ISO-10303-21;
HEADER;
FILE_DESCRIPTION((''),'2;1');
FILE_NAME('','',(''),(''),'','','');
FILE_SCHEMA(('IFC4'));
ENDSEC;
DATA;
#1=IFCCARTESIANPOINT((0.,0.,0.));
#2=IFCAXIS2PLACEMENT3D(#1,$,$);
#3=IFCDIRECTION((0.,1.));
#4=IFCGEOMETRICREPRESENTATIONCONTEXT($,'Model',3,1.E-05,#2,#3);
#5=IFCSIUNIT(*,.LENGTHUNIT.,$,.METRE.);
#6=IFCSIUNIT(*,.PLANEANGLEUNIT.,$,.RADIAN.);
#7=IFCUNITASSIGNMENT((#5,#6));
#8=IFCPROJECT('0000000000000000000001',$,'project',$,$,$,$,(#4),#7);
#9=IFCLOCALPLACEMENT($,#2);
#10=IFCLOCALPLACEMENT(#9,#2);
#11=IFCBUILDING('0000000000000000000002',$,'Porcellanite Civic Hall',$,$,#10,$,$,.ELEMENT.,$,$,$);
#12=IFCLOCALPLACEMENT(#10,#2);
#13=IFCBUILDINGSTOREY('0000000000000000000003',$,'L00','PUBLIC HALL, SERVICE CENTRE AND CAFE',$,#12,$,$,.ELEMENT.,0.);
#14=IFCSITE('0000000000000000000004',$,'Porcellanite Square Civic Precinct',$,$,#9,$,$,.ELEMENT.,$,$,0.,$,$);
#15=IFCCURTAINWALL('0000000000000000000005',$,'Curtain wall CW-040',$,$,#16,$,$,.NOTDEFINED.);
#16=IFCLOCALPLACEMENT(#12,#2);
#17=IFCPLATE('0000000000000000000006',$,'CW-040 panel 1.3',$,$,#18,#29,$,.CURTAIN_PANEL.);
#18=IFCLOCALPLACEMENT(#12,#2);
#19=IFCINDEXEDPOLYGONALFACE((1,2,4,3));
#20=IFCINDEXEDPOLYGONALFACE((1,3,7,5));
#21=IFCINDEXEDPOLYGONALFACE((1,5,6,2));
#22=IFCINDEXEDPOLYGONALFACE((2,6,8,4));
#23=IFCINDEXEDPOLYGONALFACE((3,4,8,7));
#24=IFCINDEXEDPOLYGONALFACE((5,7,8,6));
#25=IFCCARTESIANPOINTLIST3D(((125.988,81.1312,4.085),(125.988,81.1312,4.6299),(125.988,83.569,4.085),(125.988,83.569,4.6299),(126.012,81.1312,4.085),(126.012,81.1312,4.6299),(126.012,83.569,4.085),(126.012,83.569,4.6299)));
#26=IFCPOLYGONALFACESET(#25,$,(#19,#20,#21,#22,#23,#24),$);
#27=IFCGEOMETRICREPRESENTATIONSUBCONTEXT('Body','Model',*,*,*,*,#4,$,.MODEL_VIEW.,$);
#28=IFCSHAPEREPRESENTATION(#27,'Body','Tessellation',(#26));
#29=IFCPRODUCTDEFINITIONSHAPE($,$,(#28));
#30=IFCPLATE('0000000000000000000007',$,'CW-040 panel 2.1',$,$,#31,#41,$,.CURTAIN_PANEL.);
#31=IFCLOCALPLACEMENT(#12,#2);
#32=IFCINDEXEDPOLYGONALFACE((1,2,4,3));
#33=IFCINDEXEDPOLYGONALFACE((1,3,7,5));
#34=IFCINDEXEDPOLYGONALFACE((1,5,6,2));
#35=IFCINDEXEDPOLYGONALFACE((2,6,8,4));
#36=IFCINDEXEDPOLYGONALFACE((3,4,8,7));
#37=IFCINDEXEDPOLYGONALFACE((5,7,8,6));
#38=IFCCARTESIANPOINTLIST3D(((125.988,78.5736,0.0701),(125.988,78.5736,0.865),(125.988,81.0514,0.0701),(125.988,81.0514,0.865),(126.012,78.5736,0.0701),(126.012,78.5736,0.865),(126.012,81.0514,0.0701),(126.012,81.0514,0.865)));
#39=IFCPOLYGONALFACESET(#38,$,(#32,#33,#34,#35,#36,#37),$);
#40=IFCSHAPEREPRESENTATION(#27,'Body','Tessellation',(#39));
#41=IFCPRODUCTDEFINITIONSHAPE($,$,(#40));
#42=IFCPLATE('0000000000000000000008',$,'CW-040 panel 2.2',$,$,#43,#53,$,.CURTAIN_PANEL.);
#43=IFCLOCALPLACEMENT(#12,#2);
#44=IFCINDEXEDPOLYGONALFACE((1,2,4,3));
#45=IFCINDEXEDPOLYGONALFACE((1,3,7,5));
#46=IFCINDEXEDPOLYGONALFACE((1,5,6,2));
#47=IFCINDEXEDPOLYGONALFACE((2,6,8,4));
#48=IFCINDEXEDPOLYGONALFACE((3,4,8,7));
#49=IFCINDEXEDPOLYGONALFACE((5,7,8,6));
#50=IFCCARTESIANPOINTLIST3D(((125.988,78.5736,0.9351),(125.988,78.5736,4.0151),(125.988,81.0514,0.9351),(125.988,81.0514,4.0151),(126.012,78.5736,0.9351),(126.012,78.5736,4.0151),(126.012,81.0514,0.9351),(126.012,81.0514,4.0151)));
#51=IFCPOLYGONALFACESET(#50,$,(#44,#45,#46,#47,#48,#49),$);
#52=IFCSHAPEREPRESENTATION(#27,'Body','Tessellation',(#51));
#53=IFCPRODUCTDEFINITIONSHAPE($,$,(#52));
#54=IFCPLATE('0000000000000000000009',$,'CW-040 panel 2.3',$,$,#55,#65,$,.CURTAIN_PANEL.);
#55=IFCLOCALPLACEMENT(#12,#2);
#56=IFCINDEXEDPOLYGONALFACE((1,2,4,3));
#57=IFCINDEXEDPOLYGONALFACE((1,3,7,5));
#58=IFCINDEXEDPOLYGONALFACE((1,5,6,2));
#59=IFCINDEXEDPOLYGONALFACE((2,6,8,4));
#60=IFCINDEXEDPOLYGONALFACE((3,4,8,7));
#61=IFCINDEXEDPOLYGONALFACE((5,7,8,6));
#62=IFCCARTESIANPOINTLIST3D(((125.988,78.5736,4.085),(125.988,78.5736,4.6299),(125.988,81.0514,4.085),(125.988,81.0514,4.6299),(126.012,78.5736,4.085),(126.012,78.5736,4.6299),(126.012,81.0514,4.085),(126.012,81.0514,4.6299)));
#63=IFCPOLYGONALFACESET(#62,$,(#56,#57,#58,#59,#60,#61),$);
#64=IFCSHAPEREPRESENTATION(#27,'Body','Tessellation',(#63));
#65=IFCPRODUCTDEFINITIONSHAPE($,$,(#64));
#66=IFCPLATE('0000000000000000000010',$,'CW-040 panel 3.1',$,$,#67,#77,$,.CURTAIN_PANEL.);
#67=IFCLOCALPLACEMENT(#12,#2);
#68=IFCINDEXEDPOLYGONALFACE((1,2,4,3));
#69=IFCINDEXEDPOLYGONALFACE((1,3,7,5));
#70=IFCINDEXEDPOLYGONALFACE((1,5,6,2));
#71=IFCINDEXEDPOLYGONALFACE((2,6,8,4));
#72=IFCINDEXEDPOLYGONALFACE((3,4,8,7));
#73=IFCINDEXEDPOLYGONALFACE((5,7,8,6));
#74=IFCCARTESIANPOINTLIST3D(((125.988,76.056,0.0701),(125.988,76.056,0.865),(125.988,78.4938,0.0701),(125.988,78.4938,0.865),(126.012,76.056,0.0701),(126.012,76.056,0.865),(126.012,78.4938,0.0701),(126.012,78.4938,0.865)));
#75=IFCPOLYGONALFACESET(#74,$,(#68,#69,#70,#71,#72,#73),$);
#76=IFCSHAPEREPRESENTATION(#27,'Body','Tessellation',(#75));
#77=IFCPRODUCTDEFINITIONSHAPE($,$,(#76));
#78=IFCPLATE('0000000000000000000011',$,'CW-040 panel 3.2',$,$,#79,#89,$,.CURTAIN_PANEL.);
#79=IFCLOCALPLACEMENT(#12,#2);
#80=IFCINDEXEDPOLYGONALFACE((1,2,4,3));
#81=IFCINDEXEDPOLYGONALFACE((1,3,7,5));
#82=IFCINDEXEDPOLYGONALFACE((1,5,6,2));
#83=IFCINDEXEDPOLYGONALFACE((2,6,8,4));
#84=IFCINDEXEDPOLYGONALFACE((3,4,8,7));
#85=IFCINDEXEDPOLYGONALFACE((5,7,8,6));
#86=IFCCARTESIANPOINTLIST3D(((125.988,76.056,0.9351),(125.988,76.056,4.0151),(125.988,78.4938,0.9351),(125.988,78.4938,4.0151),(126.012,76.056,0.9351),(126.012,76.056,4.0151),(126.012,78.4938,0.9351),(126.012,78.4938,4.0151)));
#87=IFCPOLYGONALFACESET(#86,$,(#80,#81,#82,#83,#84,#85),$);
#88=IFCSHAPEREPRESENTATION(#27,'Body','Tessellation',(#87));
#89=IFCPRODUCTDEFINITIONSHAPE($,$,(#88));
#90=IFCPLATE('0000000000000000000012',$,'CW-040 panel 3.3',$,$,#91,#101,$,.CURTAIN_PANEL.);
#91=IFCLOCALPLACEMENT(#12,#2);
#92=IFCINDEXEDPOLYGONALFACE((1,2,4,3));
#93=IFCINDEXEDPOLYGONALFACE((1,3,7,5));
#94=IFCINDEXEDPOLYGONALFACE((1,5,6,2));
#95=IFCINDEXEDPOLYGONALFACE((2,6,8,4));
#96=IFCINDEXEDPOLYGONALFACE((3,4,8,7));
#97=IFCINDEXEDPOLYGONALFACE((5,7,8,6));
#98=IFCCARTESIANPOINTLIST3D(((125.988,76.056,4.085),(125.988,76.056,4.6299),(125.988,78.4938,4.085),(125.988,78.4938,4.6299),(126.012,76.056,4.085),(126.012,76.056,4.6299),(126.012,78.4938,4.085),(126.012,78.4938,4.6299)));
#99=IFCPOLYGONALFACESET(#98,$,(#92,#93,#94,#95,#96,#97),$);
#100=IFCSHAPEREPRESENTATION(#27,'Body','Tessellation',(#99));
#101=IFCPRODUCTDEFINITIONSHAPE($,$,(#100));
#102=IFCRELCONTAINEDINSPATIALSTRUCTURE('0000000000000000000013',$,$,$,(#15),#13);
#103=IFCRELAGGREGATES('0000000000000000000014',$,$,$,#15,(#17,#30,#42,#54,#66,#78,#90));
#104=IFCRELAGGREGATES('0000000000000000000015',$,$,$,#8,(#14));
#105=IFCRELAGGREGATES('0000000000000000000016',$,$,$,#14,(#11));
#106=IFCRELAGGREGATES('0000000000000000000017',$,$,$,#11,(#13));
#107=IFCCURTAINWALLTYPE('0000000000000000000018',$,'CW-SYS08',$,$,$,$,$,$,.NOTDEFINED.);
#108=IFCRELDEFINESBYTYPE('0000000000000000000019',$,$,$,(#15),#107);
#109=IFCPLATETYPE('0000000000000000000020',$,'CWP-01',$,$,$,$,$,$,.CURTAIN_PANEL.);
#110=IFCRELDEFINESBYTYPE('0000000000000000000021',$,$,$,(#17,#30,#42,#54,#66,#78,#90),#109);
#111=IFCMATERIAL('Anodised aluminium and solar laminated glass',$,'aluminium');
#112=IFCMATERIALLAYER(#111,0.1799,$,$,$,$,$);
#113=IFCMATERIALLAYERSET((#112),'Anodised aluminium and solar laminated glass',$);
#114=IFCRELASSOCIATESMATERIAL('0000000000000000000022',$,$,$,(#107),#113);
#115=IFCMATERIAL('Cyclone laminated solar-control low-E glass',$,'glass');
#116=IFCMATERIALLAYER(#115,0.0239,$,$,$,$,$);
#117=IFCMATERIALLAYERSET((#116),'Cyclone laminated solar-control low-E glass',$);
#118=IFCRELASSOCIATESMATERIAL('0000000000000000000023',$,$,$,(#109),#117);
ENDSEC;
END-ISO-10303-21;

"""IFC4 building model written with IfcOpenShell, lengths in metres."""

from ifc_helpers import new_model, si_unit, direction, frame, origin, origin_2d, place, context, subcontext, project, spatial, rectangle, extrude, material, layer, layer_set, type_object, element, aggregate, save


model = new_model("IFC4")

# Units and contexts
model_context = context("Model", 3, precision=1e-05, world=origin(), true_north=direction((0.0, 1.0)))
body_context = subcontext(model_context, "Body", "Model", "MODEL_VIEW")
ifc_project = project(units=[si_unit("LENGTHUNIT", "METRE"), si_unit("PLANEANGLEUNIT", "RADIAN")], contexts=[model_context])

# Site, building, storey
site_placement = place(None, origin())
site = spatial("IfcSite", under=ifc_project, at=site_placement, Name="Porcellanite Square Civic Precinct", CompositionType="ELEMENT", RefElevation=0.0)
building_placement = place(site_placement, origin())
building = spatial("IfcBuilding", under=site, at=building_placement, Name="Porcellanite Civic Hall", CompositionType="ELEMENT")
storey_placement = place(building_placement, origin())
storey = spatial("IfcBuildingStorey", under=building, at=storey_placement, Name="L00", Description="PUBLIC HALL, SERVICE CENTRE AND CAFE", CompositionType="ELEMENT", Elevation=0.0)

# Curtain wall
ifc_material_1 = material(Name="Anodised aluminium and solar laminated glass", Category="aluminium")
ifc_layer_1 = layer(ifc_material_1, 0.1799)
ifc_layer_set_1 = layer_set([ifc_layer_1], Name="Anodised aluminium and solar laminated glass")
curtain_wall_type_1 = type_object("IfcCurtainWallType", Name="CW-SYS08", PredefinedType="NOTDEFINED", material=ifc_layer_set_1)
curtain_wall_1_placement = place(storey_placement, origin())
curtain_wall_1 = element("IfcCurtainWall", 1, at=curtain_wall_1_placement, inside=storey, type_object=curtain_wall_type_1, Name="Curtain wall CW-040", PredefinedType="NOTDEFINED")

# Plates
ifc_material_2 = material(Name="Cyclone laminated solar-control low-E glass", Category="glass")
ifc_layer_2 = layer(ifc_material_2, 0.0239)
ifc_layer_set_2 = layer_set([ifc_layer_2], Name="Cyclone laminated solar-control low-E glass")
plate_type = type_object("IfcPlateType", Name="CWP-01", PredefinedType="CURTAIN_PANEL", material=ifc_layer_set_2)
plate_1_placement = place(storey_placement, frame((126.0, 82.3501, 4.085), z_axis=(0.0, 0.0, 1.0), x_axis=(0.0, -1.0, 0.0)))
plate_1 = element("IfcPlate", 2, at=plate_1_placement, type_object=plate_type, Name="CW-040 panel 1.3", PredefinedType="CURTAIN_PANEL", context=body_context, shape_type="SweptSolid", body=[
    extrude(rectangle(XDim=2.4377, YDim=0.0239, at=origin_2d()), origin(), (0.0, 0.0, 1.0), 0.5449),
])
plate_2_placement = place(storey_placement, frame((126.0, 79.8125, 0.0701), z_axis=(0.0, 0.0, 1.0), x_axis=(0.0, -1.0, 0.0)))
plate_2 = element("IfcPlate", 3, at=plate_2_placement, type_object=plate_type, Name="CW-040 panel 2.1", PredefinedType="CURTAIN_PANEL", context=body_context, shape_type="SweptSolid", body=[
    extrude(rectangle(XDim=2.4778, YDim=0.0239, at=origin_2d()), origin(), (0.0, 0.0, 1.0), 0.7949),
])
plate_3_placement = place(storey_placement, frame((126.0, 79.8125, 0.9351), z_axis=(0.0, 0.0, 1.0), x_axis=(0.0, -1.0, 0.0)))
plate_3 = element("IfcPlate", 4, at=plate_3_placement, type_object=plate_type, Name="CW-040 panel 2.2", PredefinedType="CURTAIN_PANEL", context=body_context, shape_type="SweptSolid", body=[
    extrude(rectangle(XDim=2.4778, YDim=0.0239, at=origin_2d()), origin(), (0.0, 0.0, 1.0), 3.0801),
])
plate_4_placement = place(storey_placement, frame((126.0, 79.8125, 4.085), z_axis=(0.0, 0.0, 1.0), x_axis=(0.0, -1.0, 0.0)))
plate_4 = element("IfcPlate", 5, at=plate_4_placement, type_object=plate_type, Name="CW-040 panel 2.3", PredefinedType="CURTAIN_PANEL", context=body_context, shape_type="SweptSolid", body=[
    extrude(rectangle(XDim=2.4778, YDim=0.0239, at=origin_2d()), origin(), (0.0, 0.0, 1.0), 0.5449),
])
plate_5_placement = place(storey_placement, frame((126.0, 77.2749, 0.0701), z_axis=(0.0, 0.0, 1.0), x_axis=(0.0, -1.0, 0.0)))
plate_5 = element("IfcPlate", 6, at=plate_5_placement, type_object=plate_type, Name="CW-040 panel 3.1", PredefinedType="CURTAIN_PANEL", context=body_context, shape_type="SweptSolid", body=[
    extrude(rectangle(XDim=2.4377, YDim=0.0239, at=origin_2d()), origin(), (0.0, 0.0, 1.0), 0.7949),
])
plate_6_placement = place(storey_placement, frame((126.0, 77.2749, 0.9351), z_axis=(0.0, 0.0, 1.0), x_axis=(0.0, -1.0, 0.0)))
plate_6 = element("IfcPlate", 7, at=plate_6_placement, type_object=plate_type, Name="CW-040 panel 3.2", PredefinedType="CURTAIN_PANEL", context=body_context, shape_type="SweptSolid", body=[
    extrude(rectangle(XDim=2.4377, YDim=0.0239, at=origin_2d()), origin(), (0.0, 0.0, 1.0), 3.0801),
])
plate_7_placement = place(storey_placement, frame((126.0, 77.2749, 4.085), z_axis=(0.0, 0.0, 1.0), x_axis=(0.0, -1.0, 0.0)))
plate_7 = element("IfcPlate", 8, at=plate_7_placement, type_object=plate_type, Name="CW-040 panel 3.3", PredefinedType="CURTAIN_PANEL", context=body_context, shape_type="SweptSolid", body=[
    extrude(rectangle(XDim=2.4377, YDim=0.0239, at=origin_2d()), origin(), (0.0, 0.0, 1.0), 0.5449),
])
aggregate(curtain_wall_1, [plate_1, plate_2, plate_3, plate_4, plate_5, plate_6, plate_7])

save(model, "model.ifc")
